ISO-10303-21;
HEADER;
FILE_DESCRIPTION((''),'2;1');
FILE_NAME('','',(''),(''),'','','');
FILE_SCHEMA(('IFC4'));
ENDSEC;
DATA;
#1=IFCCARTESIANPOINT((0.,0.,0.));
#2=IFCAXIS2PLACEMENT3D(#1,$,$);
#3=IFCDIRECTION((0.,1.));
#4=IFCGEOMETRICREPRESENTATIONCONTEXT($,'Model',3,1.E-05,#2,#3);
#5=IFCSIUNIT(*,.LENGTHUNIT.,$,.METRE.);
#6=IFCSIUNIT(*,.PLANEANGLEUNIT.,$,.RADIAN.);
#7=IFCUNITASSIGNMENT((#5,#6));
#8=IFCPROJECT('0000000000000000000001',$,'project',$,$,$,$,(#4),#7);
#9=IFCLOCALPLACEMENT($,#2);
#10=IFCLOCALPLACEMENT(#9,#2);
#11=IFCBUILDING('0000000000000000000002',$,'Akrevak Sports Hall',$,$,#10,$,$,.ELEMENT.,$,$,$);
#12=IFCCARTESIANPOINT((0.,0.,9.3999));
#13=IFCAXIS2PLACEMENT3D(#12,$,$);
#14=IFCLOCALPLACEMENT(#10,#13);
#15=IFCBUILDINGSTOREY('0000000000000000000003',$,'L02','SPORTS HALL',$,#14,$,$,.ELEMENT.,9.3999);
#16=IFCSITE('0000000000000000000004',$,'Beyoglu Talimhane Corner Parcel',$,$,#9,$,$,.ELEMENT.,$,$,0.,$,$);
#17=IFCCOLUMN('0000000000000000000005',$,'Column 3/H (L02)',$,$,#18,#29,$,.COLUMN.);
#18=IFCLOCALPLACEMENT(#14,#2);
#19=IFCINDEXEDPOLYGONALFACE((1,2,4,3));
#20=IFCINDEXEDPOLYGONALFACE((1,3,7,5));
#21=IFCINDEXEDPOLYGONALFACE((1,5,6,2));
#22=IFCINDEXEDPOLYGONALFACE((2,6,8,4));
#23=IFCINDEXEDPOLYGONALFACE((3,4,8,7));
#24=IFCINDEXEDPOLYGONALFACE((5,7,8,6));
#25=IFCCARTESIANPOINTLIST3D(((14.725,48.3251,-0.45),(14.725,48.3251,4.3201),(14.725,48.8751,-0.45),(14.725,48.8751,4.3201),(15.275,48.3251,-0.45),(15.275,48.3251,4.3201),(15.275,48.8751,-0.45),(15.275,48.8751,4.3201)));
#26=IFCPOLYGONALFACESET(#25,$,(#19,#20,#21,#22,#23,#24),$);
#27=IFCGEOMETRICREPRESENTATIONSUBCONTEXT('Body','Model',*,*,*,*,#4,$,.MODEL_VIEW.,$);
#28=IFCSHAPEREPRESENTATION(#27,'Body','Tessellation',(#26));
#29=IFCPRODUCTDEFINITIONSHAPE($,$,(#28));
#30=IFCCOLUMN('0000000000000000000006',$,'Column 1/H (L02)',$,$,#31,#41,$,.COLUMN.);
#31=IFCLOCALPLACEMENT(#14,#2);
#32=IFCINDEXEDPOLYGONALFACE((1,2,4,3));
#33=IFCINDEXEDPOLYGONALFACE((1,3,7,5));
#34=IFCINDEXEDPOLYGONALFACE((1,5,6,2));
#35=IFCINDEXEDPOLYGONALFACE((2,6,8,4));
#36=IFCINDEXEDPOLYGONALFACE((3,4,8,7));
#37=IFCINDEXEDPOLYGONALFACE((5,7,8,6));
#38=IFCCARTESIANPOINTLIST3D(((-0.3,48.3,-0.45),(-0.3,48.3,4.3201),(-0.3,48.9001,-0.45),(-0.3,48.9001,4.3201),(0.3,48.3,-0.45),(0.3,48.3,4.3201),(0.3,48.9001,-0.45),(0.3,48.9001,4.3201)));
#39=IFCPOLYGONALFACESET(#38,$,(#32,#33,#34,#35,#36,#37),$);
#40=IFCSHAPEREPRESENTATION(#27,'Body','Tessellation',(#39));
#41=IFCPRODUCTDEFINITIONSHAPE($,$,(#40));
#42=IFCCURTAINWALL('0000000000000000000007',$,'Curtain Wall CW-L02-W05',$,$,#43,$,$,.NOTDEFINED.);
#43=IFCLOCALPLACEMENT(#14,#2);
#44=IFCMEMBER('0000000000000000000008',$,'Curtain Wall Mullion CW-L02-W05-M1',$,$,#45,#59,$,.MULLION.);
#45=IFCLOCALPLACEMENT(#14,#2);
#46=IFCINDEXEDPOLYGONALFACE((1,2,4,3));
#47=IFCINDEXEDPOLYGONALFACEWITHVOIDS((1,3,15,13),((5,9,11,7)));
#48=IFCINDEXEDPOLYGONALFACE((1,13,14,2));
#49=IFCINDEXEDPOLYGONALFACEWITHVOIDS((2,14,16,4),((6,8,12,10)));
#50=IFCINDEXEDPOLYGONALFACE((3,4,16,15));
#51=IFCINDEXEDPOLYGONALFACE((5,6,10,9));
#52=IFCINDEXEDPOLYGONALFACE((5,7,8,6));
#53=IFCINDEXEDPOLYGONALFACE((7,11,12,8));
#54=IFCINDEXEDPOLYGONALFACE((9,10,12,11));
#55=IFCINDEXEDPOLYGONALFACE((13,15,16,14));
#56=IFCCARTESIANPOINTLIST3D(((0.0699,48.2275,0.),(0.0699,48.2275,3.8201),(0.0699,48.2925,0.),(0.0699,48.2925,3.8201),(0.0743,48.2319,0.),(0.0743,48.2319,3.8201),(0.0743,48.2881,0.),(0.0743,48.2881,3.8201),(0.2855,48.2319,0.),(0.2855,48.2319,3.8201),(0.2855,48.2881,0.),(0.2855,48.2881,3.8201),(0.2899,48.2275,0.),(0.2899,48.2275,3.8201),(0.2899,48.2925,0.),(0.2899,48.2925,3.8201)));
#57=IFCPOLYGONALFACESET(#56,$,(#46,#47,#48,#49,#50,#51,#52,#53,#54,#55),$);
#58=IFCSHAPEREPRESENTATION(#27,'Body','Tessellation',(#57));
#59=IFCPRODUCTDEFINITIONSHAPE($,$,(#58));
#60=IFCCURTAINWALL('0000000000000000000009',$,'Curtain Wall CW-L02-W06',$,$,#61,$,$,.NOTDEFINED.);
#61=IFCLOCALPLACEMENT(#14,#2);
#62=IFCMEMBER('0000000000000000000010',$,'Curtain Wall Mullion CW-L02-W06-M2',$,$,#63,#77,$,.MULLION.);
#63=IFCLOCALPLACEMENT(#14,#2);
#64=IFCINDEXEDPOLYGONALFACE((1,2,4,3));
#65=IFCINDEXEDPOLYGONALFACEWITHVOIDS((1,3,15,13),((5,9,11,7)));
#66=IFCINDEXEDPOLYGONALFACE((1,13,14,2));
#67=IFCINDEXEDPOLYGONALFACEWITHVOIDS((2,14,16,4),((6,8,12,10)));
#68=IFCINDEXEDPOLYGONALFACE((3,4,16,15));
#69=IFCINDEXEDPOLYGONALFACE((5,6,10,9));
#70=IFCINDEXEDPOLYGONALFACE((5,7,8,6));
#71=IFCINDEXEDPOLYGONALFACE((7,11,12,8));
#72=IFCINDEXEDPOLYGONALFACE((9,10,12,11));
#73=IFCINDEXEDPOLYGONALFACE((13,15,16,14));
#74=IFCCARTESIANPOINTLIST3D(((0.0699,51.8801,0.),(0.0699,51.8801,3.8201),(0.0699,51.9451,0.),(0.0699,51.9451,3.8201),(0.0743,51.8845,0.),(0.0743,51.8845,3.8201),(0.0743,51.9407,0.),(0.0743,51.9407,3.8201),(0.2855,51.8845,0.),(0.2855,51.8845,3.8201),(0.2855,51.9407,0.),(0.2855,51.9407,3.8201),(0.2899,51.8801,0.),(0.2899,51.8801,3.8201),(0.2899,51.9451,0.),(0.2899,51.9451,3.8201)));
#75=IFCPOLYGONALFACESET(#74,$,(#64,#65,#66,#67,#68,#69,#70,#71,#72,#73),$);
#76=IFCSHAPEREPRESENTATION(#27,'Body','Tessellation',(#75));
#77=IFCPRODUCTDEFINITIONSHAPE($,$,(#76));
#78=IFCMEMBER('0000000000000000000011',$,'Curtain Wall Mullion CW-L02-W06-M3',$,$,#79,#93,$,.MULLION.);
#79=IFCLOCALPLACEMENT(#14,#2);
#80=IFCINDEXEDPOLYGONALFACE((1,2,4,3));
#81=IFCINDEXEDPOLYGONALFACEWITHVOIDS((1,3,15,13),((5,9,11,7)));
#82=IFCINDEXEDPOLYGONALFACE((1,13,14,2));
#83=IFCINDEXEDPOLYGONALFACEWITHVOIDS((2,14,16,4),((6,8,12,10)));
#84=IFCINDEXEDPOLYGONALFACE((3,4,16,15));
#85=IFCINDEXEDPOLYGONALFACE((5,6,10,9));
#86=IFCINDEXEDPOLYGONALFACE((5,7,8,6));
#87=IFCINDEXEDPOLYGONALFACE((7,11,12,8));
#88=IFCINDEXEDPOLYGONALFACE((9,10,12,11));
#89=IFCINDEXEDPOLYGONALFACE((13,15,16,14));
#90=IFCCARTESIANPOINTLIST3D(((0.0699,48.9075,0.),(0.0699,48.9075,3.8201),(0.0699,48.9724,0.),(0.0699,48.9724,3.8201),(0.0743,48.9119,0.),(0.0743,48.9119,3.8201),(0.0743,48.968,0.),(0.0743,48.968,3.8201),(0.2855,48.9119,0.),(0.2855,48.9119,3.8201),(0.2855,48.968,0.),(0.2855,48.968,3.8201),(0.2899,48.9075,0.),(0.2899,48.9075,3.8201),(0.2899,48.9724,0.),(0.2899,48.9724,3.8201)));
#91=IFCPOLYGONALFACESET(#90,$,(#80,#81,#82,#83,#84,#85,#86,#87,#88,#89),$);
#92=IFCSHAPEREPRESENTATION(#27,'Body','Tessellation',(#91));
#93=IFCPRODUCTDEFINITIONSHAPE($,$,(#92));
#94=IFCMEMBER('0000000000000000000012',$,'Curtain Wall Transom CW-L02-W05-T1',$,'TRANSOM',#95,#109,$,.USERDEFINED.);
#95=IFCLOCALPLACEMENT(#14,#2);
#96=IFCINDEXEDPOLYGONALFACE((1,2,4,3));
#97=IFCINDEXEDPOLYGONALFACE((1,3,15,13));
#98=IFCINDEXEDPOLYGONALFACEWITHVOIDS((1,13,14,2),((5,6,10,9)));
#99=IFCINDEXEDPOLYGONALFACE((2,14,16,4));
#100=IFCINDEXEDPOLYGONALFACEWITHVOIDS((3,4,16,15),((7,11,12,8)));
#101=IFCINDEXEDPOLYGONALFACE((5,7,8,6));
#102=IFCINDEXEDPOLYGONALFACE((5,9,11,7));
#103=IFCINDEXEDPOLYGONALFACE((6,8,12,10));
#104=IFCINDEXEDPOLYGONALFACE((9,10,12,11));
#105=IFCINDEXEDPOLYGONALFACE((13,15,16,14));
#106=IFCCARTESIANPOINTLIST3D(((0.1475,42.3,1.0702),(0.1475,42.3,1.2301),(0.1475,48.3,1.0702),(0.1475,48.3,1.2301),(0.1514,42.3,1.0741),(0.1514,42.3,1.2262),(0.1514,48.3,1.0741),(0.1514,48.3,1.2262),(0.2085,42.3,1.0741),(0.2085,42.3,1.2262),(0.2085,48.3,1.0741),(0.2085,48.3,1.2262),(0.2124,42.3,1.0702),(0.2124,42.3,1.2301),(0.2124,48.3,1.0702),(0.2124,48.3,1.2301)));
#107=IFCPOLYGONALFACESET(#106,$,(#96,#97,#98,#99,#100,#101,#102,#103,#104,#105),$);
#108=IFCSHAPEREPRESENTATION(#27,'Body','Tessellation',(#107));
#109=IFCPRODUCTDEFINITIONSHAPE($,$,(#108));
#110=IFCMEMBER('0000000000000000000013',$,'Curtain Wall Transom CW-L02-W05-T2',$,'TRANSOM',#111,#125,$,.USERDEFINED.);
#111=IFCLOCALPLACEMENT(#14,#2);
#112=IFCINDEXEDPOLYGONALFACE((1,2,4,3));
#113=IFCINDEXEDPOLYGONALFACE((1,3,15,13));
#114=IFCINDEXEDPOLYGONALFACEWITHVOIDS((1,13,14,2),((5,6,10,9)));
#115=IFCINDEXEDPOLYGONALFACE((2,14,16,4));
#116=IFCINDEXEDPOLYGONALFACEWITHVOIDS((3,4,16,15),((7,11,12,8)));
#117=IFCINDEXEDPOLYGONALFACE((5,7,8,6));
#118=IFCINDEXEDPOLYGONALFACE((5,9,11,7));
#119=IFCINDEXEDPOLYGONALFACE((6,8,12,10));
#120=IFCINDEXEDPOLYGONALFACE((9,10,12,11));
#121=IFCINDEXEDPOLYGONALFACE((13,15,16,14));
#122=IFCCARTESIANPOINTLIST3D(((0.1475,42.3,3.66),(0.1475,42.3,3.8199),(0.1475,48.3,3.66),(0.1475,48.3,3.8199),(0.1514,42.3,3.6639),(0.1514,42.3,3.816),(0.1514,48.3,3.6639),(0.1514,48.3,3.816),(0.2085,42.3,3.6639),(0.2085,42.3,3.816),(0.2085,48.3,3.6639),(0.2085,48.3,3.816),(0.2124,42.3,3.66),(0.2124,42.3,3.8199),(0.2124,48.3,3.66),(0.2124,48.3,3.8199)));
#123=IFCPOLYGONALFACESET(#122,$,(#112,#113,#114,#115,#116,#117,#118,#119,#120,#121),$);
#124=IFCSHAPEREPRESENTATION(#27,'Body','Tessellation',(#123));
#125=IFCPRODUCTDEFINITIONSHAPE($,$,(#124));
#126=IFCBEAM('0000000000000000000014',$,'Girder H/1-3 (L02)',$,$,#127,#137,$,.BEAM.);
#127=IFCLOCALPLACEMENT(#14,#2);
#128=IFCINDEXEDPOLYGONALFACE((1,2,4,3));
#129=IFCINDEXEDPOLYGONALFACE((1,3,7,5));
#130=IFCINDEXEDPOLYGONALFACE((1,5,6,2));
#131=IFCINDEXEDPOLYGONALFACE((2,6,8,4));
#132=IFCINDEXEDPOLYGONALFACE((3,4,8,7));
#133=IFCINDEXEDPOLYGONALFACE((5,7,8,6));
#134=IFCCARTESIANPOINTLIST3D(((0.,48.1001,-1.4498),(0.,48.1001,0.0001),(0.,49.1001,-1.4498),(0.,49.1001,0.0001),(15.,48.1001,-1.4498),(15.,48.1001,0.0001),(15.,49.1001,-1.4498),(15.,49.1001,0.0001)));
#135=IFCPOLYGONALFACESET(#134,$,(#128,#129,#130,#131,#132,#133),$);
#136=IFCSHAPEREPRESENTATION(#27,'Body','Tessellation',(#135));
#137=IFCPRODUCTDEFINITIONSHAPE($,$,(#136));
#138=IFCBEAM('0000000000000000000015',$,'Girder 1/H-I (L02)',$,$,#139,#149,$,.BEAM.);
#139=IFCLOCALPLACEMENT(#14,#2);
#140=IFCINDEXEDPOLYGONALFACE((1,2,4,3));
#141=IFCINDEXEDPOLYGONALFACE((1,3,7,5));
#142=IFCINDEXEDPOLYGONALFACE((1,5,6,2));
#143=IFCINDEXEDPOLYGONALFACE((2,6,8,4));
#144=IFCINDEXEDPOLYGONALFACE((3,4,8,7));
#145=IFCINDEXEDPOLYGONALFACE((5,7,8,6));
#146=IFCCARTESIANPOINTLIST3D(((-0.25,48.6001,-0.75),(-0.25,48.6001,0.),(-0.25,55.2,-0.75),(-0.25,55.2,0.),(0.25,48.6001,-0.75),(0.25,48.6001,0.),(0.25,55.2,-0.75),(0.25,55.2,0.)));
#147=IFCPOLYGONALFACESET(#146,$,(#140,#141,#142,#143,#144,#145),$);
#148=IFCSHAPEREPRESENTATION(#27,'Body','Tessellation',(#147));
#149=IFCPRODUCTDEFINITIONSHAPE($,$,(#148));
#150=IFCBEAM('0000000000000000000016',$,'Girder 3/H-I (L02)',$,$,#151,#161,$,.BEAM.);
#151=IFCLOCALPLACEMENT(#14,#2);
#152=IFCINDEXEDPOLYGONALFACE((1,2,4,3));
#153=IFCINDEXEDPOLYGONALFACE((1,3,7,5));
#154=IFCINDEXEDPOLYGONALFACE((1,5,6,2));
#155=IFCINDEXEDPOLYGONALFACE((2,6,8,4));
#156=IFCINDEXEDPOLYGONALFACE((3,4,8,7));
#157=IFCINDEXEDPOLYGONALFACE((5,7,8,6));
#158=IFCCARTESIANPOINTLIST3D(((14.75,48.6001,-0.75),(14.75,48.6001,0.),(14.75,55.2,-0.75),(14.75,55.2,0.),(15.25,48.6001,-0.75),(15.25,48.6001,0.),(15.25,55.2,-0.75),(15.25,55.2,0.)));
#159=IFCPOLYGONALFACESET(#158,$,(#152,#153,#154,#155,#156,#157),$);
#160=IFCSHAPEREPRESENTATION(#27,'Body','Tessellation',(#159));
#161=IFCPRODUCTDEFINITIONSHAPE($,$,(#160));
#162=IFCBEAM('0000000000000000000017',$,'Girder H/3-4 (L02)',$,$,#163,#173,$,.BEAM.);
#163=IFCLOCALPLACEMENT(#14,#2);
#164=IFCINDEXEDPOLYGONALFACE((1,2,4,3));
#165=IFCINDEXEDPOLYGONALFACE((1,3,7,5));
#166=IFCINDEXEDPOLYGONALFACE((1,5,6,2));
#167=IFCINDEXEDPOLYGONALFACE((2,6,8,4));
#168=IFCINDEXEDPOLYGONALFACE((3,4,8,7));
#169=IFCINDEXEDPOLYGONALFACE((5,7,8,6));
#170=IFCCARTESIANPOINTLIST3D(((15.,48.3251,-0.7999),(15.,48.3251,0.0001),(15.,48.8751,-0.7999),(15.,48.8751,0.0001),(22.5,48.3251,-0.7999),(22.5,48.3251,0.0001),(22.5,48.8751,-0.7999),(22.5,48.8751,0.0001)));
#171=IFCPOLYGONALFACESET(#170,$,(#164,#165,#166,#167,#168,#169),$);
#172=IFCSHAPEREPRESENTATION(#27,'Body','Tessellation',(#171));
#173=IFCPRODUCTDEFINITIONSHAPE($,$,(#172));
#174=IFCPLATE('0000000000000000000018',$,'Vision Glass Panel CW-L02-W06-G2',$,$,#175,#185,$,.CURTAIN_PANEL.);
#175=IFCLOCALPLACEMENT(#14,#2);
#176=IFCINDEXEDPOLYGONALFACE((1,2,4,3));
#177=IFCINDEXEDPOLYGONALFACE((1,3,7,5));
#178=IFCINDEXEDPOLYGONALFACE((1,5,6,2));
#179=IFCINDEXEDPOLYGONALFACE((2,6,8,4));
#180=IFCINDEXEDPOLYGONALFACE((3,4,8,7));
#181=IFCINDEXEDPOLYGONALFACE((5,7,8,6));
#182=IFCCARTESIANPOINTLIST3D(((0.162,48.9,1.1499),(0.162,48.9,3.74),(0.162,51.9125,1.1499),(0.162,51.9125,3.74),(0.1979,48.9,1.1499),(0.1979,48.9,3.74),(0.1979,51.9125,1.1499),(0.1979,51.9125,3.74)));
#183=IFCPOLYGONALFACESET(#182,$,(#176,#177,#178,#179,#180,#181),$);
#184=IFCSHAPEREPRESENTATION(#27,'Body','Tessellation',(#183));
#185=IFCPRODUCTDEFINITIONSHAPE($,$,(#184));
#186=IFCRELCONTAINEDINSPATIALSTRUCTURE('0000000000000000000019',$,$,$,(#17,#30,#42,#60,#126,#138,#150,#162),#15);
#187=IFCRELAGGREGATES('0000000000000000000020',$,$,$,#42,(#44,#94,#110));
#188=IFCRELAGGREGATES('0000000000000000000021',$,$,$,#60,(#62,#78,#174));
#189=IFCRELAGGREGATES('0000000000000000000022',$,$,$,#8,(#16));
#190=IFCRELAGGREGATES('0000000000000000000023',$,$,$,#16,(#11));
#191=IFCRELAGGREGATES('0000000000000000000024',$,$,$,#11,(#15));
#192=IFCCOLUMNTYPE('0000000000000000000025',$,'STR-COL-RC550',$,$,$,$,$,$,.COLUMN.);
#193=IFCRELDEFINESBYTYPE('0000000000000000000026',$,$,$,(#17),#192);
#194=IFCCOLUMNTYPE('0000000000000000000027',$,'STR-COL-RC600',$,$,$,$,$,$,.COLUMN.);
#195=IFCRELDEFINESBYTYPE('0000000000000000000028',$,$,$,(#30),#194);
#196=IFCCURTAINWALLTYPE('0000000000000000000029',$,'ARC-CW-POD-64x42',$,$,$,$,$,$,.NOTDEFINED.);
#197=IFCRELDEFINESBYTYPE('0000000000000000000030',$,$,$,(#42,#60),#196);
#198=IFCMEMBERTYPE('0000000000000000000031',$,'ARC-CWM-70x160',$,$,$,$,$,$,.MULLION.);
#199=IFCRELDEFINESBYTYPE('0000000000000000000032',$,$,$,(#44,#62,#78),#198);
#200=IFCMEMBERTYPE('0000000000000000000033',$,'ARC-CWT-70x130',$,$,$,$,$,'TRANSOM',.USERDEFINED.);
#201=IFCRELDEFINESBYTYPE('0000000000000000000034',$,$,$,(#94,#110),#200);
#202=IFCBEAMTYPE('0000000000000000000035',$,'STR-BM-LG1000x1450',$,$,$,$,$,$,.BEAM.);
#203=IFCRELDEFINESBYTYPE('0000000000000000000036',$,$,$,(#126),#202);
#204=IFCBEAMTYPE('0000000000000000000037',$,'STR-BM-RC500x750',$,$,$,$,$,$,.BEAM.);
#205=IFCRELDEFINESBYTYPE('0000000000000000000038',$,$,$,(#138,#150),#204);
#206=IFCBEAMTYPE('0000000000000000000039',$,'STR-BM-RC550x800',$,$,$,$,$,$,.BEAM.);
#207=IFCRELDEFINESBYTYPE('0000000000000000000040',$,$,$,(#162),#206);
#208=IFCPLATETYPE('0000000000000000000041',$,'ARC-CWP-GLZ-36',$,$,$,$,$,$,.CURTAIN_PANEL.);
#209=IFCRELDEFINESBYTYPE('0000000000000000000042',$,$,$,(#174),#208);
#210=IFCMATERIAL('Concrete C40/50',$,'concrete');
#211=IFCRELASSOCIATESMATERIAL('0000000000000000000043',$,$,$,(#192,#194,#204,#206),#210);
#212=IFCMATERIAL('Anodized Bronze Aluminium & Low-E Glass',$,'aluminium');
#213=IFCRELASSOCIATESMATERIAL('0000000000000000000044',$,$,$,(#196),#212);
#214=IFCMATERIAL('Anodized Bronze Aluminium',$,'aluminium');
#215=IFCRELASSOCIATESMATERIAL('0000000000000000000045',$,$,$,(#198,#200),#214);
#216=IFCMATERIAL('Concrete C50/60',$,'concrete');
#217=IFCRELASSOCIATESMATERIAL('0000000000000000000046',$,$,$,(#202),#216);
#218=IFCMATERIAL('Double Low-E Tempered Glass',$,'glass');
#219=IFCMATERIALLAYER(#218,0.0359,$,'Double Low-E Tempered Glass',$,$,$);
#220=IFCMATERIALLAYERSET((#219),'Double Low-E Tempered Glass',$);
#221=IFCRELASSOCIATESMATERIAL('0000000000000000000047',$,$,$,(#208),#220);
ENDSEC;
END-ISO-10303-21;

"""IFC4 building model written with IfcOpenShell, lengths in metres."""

from ifc_helpers import new_model, si_unit, direction, frame, origin, origin_2d, place, context, subcontext, project, spatial, rectangle, hollow_rectangle, extrude, material, layer, layer_set, material_profile, profile_set, type_object, element, aggregate, save


model = new_model("IFC4")

# Units and contexts
model_context = context("Model", 3, precision=1e-05, world=origin(), true_north=direction((0.0, 1.0)))
body_context = subcontext(model_context, "Body", "Model", "MODEL_VIEW")
ifc_project = project(units=[si_unit("LENGTHUNIT", "METRE"), si_unit("PLANEANGLEUNIT", "RADIAN")], contexts=[model_context])

# Site, building, storey
site_placement = place(None, origin())
site = spatial("IfcSite", under=ifc_project, at=site_placement, Name="Beyoglu Talimhane Corner Parcel", CompositionType="ELEMENT", RefElevation=0.0)
building_placement = place(site_placement, origin())
building = spatial("IfcBuilding", under=site, at=building_placement, Name="Akrevak Sports Hall", CompositionType="ELEMENT")
storey_placement = place(building_placement, frame((0.0, 0.0, 9.3999)))
storey = spatial("IfcBuildingStorey", under=building, at=storey_placement, Name="L02", Description="SPORTS HALL", CompositionType="ELEMENT", Elevation=9.3999)

# Columns
ifc_material_1 = material(Name="Concrete C40/50", Category="concrete")
ifc_material_profile_1 = material_profile(ifc_material_1, rectangle(XDim=0.55, YDim=0.55, at=origin_2d()), Name="RC 550x550", Category="concrete")
ifc_profile_set_1 = profile_set([ifc_material_profile_1], Name="Concrete C40/50")
column_type_1 = type_object("IfcColumnType", Name="STR-COL-RC550", PredefinedType="COLUMN", material=ifc_profile_set_1)
column_1_placement = place(storey_placement, frame((15.0, 48.6001, -0.45), z_axis=(0.0, 0.0, 1.0), x_axis=(1.0, 0.0, 0.0)))
element("IfcColumn", 1, at=column_1_placement, inside=storey, type_object=column_type_1, Name="Column 3/H (L02)", PredefinedType="COLUMN", context=body_context, shape_type="SweptSolid", body=[
    extrude(rectangle(XDim=0.55, YDim=0.55, at=origin_2d()), origin(), (0.0, 0.0, 1.0), 4.77),
])
ifc_material_profile_2 = material_profile(ifc_material_1, rectangle(XDim=0.6001, YDim=0.6001, at=origin_2d()), Name="RC 600x600", Category="concrete")
ifc_profile_set_2 = profile_set([ifc_material_profile_2], Name="Concrete C40/50")
column_type_2 = type_object("IfcColumnType", Name="STR-COL-RC600", PredefinedType="COLUMN", material=ifc_profile_set_2)
column_2_placement = place(storey_placement, frame((0.0, 48.6001, -0.45), z_axis=(0.0, 0.0, 1.0), x_axis=(1.0, 0.0, 0.0)))
element("IfcColumn", 2, at=column_2_placement, inside=storey, type_object=column_type_2, Name="Column 1/H (L02)", PredefinedType="COLUMN", context=body_context, shape_type="SweptSolid", body=[
    extrude(rectangle(XDim=0.6001, YDim=0.6001, at=origin_2d()), origin(), (0.0, 0.0, 1.0), 4.77),
])

# Curtain wall, member
ifc_material_2 = material(Name="Anodized Bronze Aluminium & Low-E Glass", Category="aluminium")
curtain_wall_type = type_object("IfcCurtainWallType", Name="ARC-CW-POD-64x42", PredefinedType="NOTDEFINED", material=ifc_material_2)
curtain_wall_1_placement = place(storey_placement, origin())
curtain_wall_1 = element("IfcCurtainWall", 3, at=curtain_wall_1_placement, inside=storey, type_object=curtain_wall_type, Name="Curtain Wall CW-L02-W05", PredefinedType="NOTDEFINED")
ifc_material_3 = material(Name="Anodized Bronze Aluminium", Category="aluminium")
ifc_material_profile_3 = material_profile(ifc_material_3, hollow_rectangle(XDim=0.0649, YDim=0.22, WallThickness=0.0044, at=origin_2d()), Name="CWM 65x220", Category="aluminium")
ifc_profile_set_3 = profile_set([ifc_material_profile_3], Name="Anodized Bronze Aluminium")
member_type_1 = type_object("IfcMemberType", Name="ARC-CWM-70x160", PredefinedType="MULLION", material=ifc_profile_set_3)
member_1_placement = place(storey_placement, frame((0.1799, 48.26, 0.0), z_axis=(0.0, 0.0, 1.0), x_axis=(0.0, -1.0, 0.0)))
member_1 = element("IfcMember", 4, at=member_1_placement, type_object=member_type_1, Name="Curtain Wall Mullion CW-L02-W05-M1", PredefinedType="MULLION", context=body_context, shape_type="SweptSolid", body=[
    extrude(hollow_rectangle(XDim=0.0649, YDim=0.22, WallThickness=0.0044, at=origin_2d()), origin(), (0.0, 0.0, 1.0), 3.8201),
])

# Curtain wall, members
curtain_wall_2_placement = place(storey_placement, origin())
curtain_wall_2 = element("IfcCurtainWall", 5, at=curtain_wall_2_placement, inside=storey, type_object=curtain_wall_type, Name="Curtain Wall CW-L02-W06", PredefinedType="NOTDEFINED")
member_2_placement = place(storey_placement, frame((0.1799, 51.9126, 0.0), z_axis=(0.0, 0.0, 1.0), x_axis=(0.0, -1.0, 0.0)))
member_2 = element("IfcMember", 6, at=member_2_placement, type_object=member_type_1, Name="Curtain Wall Mullion CW-L02-W06-M2", PredefinedType="MULLION", context=body_context, shape_type="SweptSolid", body=[
    extrude(hollow_rectangle(XDim=0.0649, YDim=0.22, WallThickness=0.0044, at=origin_2d()), origin(), (0.0, 0.0, 1.0), 3.8201),
])
member_3_placement = place(storey_placement, frame((0.1799, 48.9399, 0.0), z_axis=(0.0, 0.0, 1.0), x_axis=(0.0, -1.0, 0.0)))
member_3 = element("IfcMember", 7, at=member_3_placement, type_object=member_type_1, Name="Curtain Wall Mullion CW-L02-W06-M3", PredefinedType="MULLION", context=body_context, shape_type="SweptSolid", body=[
    extrude(hollow_rectangle(XDim=0.0649, YDim=0.22, WallThickness=0.0044, at=origin_2d()), origin(), (0.0, 0.0, 1.0), 3.8201),
])

# Members
ifc_material_profile_4 = material_profile(ifc_material_3, hollow_rectangle(XDim=0.0649, YDim=0.1599, WallThickness=0.0039, at=origin_2d()), Name="CWT 65x160", Category="aluminium")
ifc_profile_set_4 = profile_set([ifc_material_profile_4], Name="Anodized Bronze Aluminium")
member_type_2 = type_object("IfcMemberType", Name="ARC-CWT-70x130", ElementType="TRANSOM", PredefinedType="USERDEFINED", material=ifc_profile_set_4)
member_4_placement = place(storey_placement, frame((0.1799, 48.3, 1.1501), z_axis=(0.0, -1.0, 0.0), x_axis=(1.0, 0.0, 0.0)))
member_4 = element("IfcMember", 8, at=member_4_placement, type_object=member_type_2, Name="Curtain Wall Transom CW-L02-W05-T1", ObjectType="TRANSOM", PredefinedType="USERDEFINED", context=body_context, shape_type="SweptSolid", body=[
    extrude(hollow_rectangle(XDim=0.0649, YDim=0.1599, WallThickness=0.0039, at=origin_2d()), origin(), (0.0, 0.0, 1.0), 6.0),
])
member_5_placement = place(storey_placement, frame((0.1799, 48.3, 3.74), z_axis=(0.0, -1.0, 0.0), x_axis=(1.0, 0.0, 0.0)))
member_5 = element("IfcMember", 9, at=member_5_placement, type_object=member_type_2, Name="Curtain Wall Transom CW-L02-W05-T2", ObjectType="TRANSOM", PredefinedType="USERDEFINED", context=body_context, shape_type="SweptSolid", body=[
    extrude(hollow_rectangle(XDim=0.0649, YDim=0.1599, WallThickness=0.0039, at=origin_2d()), origin(), (0.0, 0.0, 1.0), 6.0),
])
aggregate(curtain_wall_1, [member_1, member_4, member_5])

# Beams
ifc_material_4 = material(Name="Concrete C50/60", Category="concrete")
ifc_material_profile_5 = material_profile(ifc_material_4, rectangle(XDim=1.0, YDim=1.45, at=origin_2d()), Name="BM 1000x1450", Category="concrete")
ifc_profile_set_5 = profile_set([ifc_material_profile_5], Name="Concrete C50/60")
beam_type_1 = type_object("IfcBeamType", Name="STR-BM-LG1000x1450", PredefinedType="BEAM", material=ifc_profile_set_5)
beam_1_placement = place(storey_placement, frame((0.0, 48.6001, -0.7249), z_axis=(1.0, 0.0, 0.0), x_axis=(0.0, 1.0, 0.0)))
element("IfcBeam", 10, at=beam_1_placement, inside=storey, type_object=beam_type_1, Name="Girder H/1-3 (L02)", PredefinedType="BEAM", context=body_context, shape_type="SweptSolid", body=[
    extrude(rectangle(XDim=1.0, YDim=1.45, at=origin_2d()), origin(), (0.0, 0.0, 1.0), 15.0),
])
ifc_material_profile_6 = material_profile(ifc_material_1, rectangle(XDim=0.5, YDim=0.75, at=origin_2d()), Name="BM 500x750", Category="concrete")
ifc_profile_set_6 = profile_set([ifc_material_profile_6], Name="Concrete C40/50")
beam_type_2 = type_object("IfcBeamType", Name="STR-BM-RC500x750", PredefinedType="BEAM", material=ifc_profile_set_6)
for number, where, z_axis, x_axis, name in (
    (11, (0.0, 48.6001, -0.375), (0.0, 1.0, 0.0), (-1.0, 0.0, 0.0), "Girder 1/H-I (L02)"),
    (12, (15.0, 48.6001, -0.375), (0.0, 1.0, 0.0), (-1.0, 0.0, 0.0), "Girder 3/H-I (L02)"),
):
    element("IfcBeam", number, at=place(storey_placement, frame(where, z_axis=z_axis, x_axis=x_axis)), inside=storey, type_object=beam_type_2, Name=name, PredefinedType="BEAM", context=body_context, shape_type="SweptSolid", body=[
        extrude(rectangle(XDim=0.5, YDim=0.75, at=origin_2d()), origin(), (0.0, 0.0, 1.0), 6.5999),
    ])
ifc_material_profile_7 = material_profile(ifc_material_1, rectangle(XDim=0.55, YDim=0.8, at=origin_2d()), Name="BM 550x800", Category="concrete")
ifc_profile_set_7 = profile_set([ifc_material_profile_7], Name="Concrete C40/50")
beam_type_3 = type_object("IfcBeamType", Name="STR-BM-RC550x800", PredefinedType="BEAM", material=ifc_profile_set_7)
beam_2_placement = place(storey_placement, frame((15.0, 48.6001, -0.3999), z_axis=(1.0, 0.0, 0.0), x_axis=(0.0, 1.0, 0.0)))
element("IfcBeam", 13, at=beam_2_placement, inside=storey, type_object=beam_type_3, Name="Girder H/3-4 (L02)", PredefinedType="BEAM", context=body_context, shape_type="SweptSolid", body=[
    extrude(rectangle(XDim=0.55, YDim=0.8, at=origin_2d()), origin(), (0.0, 0.0, 1.0), 7.5),
])

# Plate
ifc_material_5 = material(Name="Double Low-E Tempered Glass", Category="glass")
ifc_layer_1 = layer(ifc_material_5, 0.0359, Name="Double Low-E Tempered Glass")
ifc_layer_set_1 = layer_set([ifc_layer_1], Name="Double Low-E Tempered Glass")
plate_type_1 = type_object("IfcPlateType", Name="ARC-CWP-GLZ-36", PredefinedType="CURTAIN_PANEL", material=ifc_layer_set_1)
plate_1_placement = place(storey_placement, frame((0.1799, 50.4062, 1.1499), z_axis=(0.0, 0.0, 1.0), x_axis=(0.0, -1.0, 0.0)))
plate_1 = element("IfcPlate", 14, at=plate_1_placement, type_object=plate_type_1, Name="Vision Glass Panel CW-L02-W06-G2", PredefinedType="CURTAIN_PANEL", context=body_context, shape_type="SweptSolid", body=[
    extrude(rectangle(XDim=3.0125, YDim=0.0359, at=origin_2d()), origin(), (0.0, 0.0, 1.0), 2.5901),
])
aggregate(curtain_wall_2, [member_2, member_3, plate_1])

save(model, "model.ifc")
